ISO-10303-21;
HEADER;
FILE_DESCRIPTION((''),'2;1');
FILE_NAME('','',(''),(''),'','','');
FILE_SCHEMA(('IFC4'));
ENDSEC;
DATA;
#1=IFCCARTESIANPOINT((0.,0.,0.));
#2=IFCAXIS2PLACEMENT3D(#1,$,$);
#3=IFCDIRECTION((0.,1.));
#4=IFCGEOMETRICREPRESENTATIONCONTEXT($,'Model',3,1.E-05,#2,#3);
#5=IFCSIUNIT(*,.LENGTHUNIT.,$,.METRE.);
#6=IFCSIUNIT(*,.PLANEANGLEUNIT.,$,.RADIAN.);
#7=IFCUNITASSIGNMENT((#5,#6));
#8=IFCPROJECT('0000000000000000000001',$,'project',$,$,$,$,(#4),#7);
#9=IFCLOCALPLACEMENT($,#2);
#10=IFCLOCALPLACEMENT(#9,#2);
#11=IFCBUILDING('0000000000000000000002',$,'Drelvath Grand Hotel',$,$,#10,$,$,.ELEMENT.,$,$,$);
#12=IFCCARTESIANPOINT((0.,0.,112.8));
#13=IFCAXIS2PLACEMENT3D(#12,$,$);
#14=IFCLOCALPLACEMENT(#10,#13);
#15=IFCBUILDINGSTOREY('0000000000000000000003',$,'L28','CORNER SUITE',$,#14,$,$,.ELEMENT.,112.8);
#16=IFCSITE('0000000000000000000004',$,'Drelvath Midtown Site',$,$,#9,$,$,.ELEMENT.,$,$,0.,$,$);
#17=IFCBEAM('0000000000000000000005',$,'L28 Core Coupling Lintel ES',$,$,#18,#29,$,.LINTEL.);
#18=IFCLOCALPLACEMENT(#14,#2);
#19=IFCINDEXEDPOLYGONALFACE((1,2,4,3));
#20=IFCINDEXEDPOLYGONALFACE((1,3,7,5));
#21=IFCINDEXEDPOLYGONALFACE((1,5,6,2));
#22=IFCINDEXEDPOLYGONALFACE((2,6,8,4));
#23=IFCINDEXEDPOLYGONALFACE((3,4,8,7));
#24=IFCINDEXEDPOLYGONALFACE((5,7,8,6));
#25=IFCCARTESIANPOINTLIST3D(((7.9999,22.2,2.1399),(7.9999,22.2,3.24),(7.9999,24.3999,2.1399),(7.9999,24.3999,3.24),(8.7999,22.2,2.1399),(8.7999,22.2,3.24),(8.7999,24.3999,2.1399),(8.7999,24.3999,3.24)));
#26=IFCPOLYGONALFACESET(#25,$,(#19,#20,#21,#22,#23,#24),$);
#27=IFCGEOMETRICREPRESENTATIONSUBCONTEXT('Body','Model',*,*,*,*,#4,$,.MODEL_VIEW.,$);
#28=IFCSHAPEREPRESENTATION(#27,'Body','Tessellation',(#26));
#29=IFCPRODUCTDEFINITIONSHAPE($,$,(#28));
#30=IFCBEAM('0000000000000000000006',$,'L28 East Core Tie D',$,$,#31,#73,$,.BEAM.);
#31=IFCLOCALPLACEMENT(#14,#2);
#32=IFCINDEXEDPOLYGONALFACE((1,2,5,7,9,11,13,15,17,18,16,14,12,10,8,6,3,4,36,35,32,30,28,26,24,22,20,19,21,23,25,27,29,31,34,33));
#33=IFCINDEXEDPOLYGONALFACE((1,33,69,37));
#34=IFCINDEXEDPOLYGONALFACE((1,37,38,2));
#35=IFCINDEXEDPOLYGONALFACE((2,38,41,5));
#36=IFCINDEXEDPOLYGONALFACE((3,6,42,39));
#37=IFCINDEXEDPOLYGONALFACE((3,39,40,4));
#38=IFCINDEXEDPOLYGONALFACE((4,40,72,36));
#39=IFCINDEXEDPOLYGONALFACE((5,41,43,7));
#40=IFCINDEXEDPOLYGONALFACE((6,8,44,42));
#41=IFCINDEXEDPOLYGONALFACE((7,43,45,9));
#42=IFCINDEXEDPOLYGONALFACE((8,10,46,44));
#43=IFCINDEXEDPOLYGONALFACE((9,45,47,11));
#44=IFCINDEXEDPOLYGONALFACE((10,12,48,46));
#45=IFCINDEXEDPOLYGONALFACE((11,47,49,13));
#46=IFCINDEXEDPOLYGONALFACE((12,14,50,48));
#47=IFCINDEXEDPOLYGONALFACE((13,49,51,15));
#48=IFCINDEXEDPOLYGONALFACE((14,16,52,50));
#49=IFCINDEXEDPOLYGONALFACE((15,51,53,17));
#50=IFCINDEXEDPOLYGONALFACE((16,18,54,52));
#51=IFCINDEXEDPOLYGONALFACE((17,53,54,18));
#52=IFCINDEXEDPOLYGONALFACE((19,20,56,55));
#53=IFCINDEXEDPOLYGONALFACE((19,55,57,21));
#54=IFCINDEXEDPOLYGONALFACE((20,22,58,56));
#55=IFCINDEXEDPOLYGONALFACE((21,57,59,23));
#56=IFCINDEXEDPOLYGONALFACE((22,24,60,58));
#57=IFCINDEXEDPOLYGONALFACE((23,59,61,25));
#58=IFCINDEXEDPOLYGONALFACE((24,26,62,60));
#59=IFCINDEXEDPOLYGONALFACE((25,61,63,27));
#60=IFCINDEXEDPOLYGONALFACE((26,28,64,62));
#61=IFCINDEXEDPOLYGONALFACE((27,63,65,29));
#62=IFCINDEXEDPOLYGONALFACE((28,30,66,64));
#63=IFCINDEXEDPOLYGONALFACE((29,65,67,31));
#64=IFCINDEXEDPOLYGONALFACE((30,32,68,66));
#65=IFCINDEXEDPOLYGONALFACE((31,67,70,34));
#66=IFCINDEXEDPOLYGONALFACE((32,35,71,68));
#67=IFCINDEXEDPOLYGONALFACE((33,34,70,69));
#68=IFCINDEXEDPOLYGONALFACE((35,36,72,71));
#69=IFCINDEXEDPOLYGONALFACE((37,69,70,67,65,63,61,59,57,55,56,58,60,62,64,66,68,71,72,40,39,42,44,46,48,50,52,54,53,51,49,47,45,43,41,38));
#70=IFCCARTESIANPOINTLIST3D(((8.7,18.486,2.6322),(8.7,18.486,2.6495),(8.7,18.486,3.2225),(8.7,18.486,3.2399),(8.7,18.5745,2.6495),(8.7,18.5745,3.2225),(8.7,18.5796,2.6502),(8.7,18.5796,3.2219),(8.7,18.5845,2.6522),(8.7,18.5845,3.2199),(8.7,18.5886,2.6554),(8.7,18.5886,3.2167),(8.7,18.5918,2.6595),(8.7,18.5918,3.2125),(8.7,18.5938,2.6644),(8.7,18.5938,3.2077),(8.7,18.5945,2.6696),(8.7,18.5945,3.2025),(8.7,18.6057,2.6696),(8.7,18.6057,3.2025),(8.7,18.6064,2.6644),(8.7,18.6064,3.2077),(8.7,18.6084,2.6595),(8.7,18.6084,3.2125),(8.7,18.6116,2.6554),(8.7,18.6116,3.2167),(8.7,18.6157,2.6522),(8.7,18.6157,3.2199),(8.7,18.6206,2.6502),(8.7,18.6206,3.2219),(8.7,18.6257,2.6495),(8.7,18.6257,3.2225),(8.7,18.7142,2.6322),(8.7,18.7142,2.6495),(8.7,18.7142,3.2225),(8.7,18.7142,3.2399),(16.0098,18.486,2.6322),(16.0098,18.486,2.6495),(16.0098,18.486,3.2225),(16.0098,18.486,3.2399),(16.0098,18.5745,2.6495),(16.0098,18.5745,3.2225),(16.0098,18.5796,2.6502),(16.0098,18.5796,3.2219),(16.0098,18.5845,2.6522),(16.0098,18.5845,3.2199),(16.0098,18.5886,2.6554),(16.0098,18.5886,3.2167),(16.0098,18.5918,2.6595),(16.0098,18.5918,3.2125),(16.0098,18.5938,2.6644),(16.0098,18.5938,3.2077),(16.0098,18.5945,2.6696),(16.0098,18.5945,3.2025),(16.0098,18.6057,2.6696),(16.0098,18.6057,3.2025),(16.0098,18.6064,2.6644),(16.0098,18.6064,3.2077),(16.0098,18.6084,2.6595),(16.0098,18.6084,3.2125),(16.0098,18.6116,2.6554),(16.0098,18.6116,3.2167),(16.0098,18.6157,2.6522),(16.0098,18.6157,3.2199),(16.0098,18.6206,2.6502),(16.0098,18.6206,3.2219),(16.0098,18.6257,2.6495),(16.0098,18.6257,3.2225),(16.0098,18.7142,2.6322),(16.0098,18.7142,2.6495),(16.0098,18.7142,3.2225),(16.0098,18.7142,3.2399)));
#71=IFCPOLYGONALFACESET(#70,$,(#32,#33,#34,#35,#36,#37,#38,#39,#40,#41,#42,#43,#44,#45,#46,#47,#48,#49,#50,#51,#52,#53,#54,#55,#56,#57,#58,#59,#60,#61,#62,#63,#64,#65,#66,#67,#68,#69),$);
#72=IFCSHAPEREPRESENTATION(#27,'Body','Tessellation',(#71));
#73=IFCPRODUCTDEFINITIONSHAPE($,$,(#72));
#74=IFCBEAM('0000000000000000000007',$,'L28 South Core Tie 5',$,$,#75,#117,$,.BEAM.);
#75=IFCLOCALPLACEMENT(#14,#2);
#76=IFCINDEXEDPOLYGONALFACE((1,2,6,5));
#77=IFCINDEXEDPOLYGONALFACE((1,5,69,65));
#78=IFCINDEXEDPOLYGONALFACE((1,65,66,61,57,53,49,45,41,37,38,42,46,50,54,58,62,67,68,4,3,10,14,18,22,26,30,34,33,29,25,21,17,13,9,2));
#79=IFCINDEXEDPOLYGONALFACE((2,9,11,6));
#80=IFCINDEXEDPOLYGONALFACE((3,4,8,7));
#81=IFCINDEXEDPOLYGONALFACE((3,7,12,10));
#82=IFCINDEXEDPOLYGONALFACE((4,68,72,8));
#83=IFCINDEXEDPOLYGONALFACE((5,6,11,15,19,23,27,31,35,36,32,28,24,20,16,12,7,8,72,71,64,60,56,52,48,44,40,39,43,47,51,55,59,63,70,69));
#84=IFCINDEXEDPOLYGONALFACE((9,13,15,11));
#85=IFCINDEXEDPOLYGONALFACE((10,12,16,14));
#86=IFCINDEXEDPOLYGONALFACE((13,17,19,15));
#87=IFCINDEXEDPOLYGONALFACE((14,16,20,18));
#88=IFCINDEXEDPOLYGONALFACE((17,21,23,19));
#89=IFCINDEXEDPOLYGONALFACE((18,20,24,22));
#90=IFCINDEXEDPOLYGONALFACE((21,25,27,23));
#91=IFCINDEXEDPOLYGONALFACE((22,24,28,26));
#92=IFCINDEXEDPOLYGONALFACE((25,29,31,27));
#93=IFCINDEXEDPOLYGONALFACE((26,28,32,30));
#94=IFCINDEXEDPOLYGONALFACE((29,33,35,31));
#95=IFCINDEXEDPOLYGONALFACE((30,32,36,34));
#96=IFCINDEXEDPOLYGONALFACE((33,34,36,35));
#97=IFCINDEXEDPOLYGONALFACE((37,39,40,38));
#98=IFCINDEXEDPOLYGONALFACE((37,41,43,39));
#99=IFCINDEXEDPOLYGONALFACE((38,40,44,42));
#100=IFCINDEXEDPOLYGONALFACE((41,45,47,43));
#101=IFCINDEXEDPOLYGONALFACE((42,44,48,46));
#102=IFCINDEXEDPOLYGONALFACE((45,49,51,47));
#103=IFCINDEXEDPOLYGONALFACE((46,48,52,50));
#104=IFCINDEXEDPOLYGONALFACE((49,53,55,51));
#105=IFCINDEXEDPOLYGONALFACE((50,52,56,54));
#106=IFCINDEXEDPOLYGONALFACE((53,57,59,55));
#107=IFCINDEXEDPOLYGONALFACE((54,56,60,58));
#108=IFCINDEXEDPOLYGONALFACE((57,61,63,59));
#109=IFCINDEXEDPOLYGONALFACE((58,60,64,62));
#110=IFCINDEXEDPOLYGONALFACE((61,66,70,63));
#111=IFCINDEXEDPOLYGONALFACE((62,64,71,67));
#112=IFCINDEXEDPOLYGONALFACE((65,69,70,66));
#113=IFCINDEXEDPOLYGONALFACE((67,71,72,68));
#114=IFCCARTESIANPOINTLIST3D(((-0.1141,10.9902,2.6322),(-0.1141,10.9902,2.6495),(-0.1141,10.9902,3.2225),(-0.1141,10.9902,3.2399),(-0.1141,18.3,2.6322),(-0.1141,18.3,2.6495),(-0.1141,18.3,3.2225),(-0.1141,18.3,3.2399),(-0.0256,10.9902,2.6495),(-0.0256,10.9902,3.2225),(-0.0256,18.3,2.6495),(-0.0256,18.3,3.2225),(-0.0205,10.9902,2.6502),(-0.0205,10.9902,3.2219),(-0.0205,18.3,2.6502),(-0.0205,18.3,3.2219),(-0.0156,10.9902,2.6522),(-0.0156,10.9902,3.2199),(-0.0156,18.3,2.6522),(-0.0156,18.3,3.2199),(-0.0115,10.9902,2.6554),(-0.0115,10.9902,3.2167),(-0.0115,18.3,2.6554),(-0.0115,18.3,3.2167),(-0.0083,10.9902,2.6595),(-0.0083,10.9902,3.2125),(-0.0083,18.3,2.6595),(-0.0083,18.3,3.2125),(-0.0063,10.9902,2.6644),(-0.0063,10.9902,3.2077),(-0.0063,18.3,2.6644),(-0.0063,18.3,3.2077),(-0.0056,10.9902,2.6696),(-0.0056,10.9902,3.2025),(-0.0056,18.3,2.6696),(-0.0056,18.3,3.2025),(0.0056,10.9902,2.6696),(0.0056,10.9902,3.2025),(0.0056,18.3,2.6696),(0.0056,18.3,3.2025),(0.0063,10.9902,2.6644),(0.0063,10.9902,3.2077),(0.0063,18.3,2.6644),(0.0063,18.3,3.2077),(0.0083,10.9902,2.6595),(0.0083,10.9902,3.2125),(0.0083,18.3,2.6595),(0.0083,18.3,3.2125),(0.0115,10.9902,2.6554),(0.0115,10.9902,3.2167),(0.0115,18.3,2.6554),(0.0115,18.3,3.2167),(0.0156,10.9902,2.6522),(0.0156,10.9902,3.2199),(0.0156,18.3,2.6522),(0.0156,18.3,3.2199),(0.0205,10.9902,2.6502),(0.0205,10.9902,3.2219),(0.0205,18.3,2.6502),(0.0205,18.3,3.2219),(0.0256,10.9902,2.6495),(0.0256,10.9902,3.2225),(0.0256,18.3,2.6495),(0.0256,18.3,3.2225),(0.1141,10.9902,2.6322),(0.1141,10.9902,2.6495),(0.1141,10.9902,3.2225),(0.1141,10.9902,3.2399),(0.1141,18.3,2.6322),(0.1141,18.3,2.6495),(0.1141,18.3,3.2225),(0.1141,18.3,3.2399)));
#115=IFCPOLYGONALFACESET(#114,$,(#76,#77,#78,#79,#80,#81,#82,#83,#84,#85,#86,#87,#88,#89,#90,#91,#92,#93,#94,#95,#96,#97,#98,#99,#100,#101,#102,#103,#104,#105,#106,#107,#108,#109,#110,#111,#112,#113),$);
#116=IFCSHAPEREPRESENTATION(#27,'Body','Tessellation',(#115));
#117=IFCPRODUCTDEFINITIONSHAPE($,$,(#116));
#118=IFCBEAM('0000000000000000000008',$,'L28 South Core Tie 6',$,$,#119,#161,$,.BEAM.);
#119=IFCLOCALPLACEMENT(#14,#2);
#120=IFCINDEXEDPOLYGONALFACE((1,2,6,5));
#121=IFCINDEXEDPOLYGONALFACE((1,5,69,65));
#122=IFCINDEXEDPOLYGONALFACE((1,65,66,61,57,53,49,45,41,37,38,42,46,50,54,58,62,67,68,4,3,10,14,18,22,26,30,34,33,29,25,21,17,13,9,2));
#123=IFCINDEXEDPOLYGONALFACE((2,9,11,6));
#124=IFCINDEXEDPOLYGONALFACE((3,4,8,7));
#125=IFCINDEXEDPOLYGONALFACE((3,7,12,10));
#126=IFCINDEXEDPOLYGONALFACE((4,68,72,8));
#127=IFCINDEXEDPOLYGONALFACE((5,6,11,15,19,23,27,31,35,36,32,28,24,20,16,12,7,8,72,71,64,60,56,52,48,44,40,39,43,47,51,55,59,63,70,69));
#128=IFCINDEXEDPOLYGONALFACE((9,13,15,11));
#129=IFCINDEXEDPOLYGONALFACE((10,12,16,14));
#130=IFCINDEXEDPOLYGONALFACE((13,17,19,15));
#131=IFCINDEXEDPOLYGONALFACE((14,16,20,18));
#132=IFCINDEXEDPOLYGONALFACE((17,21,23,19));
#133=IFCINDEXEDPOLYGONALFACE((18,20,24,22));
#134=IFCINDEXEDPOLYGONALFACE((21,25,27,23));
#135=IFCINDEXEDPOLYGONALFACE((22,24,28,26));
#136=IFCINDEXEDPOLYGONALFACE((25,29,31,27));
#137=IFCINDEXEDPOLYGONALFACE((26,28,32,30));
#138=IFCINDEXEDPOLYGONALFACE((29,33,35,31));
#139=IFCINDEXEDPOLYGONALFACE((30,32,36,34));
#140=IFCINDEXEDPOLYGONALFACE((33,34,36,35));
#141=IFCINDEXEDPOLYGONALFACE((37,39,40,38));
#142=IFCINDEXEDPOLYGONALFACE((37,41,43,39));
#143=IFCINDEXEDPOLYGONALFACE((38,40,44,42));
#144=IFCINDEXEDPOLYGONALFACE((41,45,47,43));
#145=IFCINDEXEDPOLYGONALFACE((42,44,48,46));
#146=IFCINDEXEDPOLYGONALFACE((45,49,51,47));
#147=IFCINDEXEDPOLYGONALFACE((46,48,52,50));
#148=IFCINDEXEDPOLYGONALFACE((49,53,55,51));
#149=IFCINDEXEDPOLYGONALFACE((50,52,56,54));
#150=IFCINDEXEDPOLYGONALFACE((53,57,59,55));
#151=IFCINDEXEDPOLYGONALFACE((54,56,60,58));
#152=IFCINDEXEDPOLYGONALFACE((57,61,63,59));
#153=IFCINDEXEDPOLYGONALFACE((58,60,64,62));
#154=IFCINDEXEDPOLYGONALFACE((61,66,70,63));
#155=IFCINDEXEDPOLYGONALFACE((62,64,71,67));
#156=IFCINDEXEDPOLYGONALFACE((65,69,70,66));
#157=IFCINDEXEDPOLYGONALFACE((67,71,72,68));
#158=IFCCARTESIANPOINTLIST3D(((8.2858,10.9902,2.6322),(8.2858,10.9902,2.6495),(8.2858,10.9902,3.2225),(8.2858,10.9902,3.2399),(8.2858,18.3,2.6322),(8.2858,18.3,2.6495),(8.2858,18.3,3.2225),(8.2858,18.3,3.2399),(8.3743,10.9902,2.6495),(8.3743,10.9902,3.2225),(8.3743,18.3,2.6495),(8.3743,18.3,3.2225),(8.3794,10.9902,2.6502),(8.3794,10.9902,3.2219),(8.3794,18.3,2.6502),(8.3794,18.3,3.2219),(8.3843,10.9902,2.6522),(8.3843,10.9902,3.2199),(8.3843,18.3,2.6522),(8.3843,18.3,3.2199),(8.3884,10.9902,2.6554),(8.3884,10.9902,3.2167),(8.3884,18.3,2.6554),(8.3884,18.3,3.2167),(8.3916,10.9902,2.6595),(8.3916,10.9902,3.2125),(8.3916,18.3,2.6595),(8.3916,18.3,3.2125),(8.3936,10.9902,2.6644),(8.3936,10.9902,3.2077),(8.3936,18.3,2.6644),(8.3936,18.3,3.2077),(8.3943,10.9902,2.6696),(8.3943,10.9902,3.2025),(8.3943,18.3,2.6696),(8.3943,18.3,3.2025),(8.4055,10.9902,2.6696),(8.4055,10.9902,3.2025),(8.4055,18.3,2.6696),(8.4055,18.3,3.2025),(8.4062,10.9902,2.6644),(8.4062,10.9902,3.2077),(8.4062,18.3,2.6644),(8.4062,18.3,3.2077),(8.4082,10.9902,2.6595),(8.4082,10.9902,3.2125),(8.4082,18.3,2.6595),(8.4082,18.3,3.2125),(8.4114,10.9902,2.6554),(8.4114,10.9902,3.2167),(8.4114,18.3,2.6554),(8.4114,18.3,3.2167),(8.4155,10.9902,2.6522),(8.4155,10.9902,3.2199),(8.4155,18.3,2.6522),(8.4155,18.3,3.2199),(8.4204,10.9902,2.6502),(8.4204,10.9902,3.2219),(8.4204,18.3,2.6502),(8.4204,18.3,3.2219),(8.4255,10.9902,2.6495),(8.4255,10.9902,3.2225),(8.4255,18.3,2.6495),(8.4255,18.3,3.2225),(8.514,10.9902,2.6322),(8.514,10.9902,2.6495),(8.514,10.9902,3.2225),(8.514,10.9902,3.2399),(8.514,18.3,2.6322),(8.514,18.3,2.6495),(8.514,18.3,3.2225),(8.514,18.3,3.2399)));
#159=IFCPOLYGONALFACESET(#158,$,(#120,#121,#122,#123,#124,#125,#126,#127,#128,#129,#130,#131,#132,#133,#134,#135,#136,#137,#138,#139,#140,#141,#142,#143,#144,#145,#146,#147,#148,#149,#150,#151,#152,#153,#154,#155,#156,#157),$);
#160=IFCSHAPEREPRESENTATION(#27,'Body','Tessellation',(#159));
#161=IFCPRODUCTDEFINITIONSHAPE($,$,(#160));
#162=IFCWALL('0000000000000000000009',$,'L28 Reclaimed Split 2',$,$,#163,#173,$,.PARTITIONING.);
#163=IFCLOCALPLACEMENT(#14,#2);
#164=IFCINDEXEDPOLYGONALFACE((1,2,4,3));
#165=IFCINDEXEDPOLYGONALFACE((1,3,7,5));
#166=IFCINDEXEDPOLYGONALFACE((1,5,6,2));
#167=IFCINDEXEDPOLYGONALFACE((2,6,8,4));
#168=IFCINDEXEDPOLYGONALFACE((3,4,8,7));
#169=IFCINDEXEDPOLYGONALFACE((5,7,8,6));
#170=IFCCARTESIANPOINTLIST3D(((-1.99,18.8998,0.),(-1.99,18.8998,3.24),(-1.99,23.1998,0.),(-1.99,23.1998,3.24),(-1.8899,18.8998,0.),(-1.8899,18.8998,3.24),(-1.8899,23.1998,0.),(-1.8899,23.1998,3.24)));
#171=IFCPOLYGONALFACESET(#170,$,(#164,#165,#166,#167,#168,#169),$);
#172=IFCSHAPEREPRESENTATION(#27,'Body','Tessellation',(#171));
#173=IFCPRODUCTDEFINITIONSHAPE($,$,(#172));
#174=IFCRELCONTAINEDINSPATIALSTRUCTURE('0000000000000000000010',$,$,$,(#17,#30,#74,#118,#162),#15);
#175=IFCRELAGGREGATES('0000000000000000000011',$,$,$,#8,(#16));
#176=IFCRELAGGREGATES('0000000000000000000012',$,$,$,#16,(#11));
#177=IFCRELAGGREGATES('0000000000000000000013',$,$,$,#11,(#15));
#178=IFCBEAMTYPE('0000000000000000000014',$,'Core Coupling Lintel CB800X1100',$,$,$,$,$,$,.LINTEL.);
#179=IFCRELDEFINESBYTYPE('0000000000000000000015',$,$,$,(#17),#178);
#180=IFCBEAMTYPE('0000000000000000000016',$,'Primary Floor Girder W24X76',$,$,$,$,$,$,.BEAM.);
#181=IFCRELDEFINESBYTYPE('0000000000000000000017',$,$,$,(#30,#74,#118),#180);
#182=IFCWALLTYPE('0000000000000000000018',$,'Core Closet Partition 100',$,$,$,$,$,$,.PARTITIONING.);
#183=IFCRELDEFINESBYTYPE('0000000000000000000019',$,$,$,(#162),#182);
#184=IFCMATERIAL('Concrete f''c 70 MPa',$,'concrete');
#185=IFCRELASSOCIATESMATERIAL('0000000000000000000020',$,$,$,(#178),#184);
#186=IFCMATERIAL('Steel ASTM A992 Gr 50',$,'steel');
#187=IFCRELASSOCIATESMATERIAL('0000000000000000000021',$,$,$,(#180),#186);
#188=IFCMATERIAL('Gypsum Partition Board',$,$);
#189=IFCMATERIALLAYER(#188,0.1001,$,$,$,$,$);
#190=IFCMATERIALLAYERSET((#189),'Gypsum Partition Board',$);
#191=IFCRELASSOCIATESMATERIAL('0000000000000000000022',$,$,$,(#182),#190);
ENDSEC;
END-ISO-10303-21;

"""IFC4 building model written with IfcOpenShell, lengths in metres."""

from ifc_helpers import new_model, si_unit, direction, frame, frame_2d, origin, origin_2d, place, context, subcontext, project, spatial, rectangle, i_section, extrude, material, layer, layer_set, material_profile, profile_set, type_object, element, save


model = new_model("IFC4")

# Units and contexts
model_context = context("Model", 3, precision=1e-05, world=origin(), true_north=direction((0.0, 1.0)))
body_context = subcontext(model_context, "Body", "Model", "MODEL_VIEW")
ifc_project = project(units=[si_unit("LENGTHUNIT", "METRE"), si_unit("PLANEANGLEUNIT", "RADIAN")], contexts=[model_context])

# Site, building, storey
site_placement = place(None, origin())
site = spatial("IfcSite", under=ifc_project, at=site_placement, Name="Drelvath Midtown Site", CompositionType="ELEMENT", RefElevation=0.0)
building_placement = place(site_placement, origin())
building = spatial("IfcBuilding", under=site, at=building_placement, Name="Drelvath Grand Hotel", CompositionType="ELEMENT")
storey_placement = place(building_placement, frame((0.0, 0.0, 112.8)))
storey = spatial("IfcBuildingStorey", under=building, at=storey_placement, Name="L28", Description="CORNER SUITE", CompositionType="ELEMENT", Elevation=112.8)

# Beams
ifc_material_1 = material(Name="Concrete f'c 70 MPa", Category="concrete")
ifc_material_profile_1 = material_profile(ifc_material_1, rectangle(XDim=0.8, YDim=1.1001, at=origin_2d()), Name="CB800X1100")
ifc_profile_set_1 = profile_set([ifc_material_profile_1], Name="Concrete f'c 70 MPa")
beam_type_1 = type_object("IfcBeamType", Name="Core Coupling Lintel CB800X1100", PredefinedType="LINTEL", material=ifc_profile_set_1)
beam_placement = place(storey_placement, frame((8.3999, 22.2, 2.6899), z_axis=(0.0, 1.0, 0.0), x_axis=(-1.0, 0.0, 0.0)))
element("IfcBeam", 1, at=beam_placement, inside=storey, type_object=beam_type_1, Name="L28 Core Coupling Lintel ES", PredefinedType="LINTEL", context=body_context, shape_type="SweptSolid", body=[
    extrude(rectangle(XDim=0.8, YDim=1.1001, at=origin_2d()), origin(), (0.0, 0.0, 1.0), 2.2),
])
ifc_material_2 = material(Name="Steel ASTM A992 Gr 50", Category="steel")
ifc_material_profile_2 = material_profile(ifc_material_2, i_section(OverallWidth=0.2283, OverallDepth=0.6077, WebThickness=0.0112, FlangeThickness=0.0173, FilletRadius=0.02, at=origin_2d()), Name="W24X76")
ifc_profile_set_2 = profile_set([ifc_material_profile_2], Name="Steel ASTM A992 Gr 50")
beam_type_2 = type_object("IfcBeamType", Name="Primary Floor Girder W24X76", PredefinedType="BEAM", material=ifc_profile_set_2)
for number, where, z_axis, x_axis, name in (
    (2, (8.7, 18.6001, 2.936), (1.0, 0.0, 0.0), (0.0, 1.0, 0.0), "L28 East Core Tie D"),
    (3, (0.0, 10.9902, 2.936), (0.0, 1.0, 0.0), (-1.0, 0.0, 0.0), "L28 South Core Tie 5"),
    (4, (8.3999, 10.9902, 2.936), (0.0, 1.0, 0.0), (-1.0, 0.0, 0.0), "L28 South Core Tie 6"),
):
    element("IfcBeam", number, at=place(storey_placement, frame(where, z_axis=z_axis, x_axis=x_axis)), inside=storey, type_object=beam_type_2, Name=name, PredefinedType="BEAM", context=body_context, shape_type="SweptSolid", body=[
        extrude(i_section(OverallWidth=0.2283, OverallDepth=0.6077, WebThickness=0.0112, FlangeThickness=0.0173, FilletRadius=0.02, at=origin_2d()), origin(), (0.0, 0.0, 1.0), 7.3098),
    ])

# Wall
ifc_material_3 = material(Name="Gypsum Partition Board")
ifc_layer_1 = layer(ifc_material_3, 0.1001)
ifc_layer_set_1 = layer_set([ifc_layer_1], Name="Gypsum Partition Board")
wall_type_1 = type_object("IfcWallType", Name="Core Closet Partition 100", PredefinedType="PARTITIONING", material=ifc_layer_set_1)
wall_1_placement = place(storey_placement, frame((-1.9399, 18.8999, 0.0), z_axis=(0.0, 0.0, 1.0), x_axis=(0.0, 1.0, 0.0)))
element("IfcWall", 5, at=wall_1_placement, inside=storey, type_object=wall_type_1, Name="L28 Reclaimed Split 2", PredefinedType="PARTITIONING", context=body_context, shape_type="SweptSolid", body=[
    extrude(rectangle(XDim=4.3, YDim=0.1001, at=frame_2d((2.1499, 0.0))), origin(), (0.0, 0.0, 1.0), 3.24),
])

save(model, "model.ifc")
